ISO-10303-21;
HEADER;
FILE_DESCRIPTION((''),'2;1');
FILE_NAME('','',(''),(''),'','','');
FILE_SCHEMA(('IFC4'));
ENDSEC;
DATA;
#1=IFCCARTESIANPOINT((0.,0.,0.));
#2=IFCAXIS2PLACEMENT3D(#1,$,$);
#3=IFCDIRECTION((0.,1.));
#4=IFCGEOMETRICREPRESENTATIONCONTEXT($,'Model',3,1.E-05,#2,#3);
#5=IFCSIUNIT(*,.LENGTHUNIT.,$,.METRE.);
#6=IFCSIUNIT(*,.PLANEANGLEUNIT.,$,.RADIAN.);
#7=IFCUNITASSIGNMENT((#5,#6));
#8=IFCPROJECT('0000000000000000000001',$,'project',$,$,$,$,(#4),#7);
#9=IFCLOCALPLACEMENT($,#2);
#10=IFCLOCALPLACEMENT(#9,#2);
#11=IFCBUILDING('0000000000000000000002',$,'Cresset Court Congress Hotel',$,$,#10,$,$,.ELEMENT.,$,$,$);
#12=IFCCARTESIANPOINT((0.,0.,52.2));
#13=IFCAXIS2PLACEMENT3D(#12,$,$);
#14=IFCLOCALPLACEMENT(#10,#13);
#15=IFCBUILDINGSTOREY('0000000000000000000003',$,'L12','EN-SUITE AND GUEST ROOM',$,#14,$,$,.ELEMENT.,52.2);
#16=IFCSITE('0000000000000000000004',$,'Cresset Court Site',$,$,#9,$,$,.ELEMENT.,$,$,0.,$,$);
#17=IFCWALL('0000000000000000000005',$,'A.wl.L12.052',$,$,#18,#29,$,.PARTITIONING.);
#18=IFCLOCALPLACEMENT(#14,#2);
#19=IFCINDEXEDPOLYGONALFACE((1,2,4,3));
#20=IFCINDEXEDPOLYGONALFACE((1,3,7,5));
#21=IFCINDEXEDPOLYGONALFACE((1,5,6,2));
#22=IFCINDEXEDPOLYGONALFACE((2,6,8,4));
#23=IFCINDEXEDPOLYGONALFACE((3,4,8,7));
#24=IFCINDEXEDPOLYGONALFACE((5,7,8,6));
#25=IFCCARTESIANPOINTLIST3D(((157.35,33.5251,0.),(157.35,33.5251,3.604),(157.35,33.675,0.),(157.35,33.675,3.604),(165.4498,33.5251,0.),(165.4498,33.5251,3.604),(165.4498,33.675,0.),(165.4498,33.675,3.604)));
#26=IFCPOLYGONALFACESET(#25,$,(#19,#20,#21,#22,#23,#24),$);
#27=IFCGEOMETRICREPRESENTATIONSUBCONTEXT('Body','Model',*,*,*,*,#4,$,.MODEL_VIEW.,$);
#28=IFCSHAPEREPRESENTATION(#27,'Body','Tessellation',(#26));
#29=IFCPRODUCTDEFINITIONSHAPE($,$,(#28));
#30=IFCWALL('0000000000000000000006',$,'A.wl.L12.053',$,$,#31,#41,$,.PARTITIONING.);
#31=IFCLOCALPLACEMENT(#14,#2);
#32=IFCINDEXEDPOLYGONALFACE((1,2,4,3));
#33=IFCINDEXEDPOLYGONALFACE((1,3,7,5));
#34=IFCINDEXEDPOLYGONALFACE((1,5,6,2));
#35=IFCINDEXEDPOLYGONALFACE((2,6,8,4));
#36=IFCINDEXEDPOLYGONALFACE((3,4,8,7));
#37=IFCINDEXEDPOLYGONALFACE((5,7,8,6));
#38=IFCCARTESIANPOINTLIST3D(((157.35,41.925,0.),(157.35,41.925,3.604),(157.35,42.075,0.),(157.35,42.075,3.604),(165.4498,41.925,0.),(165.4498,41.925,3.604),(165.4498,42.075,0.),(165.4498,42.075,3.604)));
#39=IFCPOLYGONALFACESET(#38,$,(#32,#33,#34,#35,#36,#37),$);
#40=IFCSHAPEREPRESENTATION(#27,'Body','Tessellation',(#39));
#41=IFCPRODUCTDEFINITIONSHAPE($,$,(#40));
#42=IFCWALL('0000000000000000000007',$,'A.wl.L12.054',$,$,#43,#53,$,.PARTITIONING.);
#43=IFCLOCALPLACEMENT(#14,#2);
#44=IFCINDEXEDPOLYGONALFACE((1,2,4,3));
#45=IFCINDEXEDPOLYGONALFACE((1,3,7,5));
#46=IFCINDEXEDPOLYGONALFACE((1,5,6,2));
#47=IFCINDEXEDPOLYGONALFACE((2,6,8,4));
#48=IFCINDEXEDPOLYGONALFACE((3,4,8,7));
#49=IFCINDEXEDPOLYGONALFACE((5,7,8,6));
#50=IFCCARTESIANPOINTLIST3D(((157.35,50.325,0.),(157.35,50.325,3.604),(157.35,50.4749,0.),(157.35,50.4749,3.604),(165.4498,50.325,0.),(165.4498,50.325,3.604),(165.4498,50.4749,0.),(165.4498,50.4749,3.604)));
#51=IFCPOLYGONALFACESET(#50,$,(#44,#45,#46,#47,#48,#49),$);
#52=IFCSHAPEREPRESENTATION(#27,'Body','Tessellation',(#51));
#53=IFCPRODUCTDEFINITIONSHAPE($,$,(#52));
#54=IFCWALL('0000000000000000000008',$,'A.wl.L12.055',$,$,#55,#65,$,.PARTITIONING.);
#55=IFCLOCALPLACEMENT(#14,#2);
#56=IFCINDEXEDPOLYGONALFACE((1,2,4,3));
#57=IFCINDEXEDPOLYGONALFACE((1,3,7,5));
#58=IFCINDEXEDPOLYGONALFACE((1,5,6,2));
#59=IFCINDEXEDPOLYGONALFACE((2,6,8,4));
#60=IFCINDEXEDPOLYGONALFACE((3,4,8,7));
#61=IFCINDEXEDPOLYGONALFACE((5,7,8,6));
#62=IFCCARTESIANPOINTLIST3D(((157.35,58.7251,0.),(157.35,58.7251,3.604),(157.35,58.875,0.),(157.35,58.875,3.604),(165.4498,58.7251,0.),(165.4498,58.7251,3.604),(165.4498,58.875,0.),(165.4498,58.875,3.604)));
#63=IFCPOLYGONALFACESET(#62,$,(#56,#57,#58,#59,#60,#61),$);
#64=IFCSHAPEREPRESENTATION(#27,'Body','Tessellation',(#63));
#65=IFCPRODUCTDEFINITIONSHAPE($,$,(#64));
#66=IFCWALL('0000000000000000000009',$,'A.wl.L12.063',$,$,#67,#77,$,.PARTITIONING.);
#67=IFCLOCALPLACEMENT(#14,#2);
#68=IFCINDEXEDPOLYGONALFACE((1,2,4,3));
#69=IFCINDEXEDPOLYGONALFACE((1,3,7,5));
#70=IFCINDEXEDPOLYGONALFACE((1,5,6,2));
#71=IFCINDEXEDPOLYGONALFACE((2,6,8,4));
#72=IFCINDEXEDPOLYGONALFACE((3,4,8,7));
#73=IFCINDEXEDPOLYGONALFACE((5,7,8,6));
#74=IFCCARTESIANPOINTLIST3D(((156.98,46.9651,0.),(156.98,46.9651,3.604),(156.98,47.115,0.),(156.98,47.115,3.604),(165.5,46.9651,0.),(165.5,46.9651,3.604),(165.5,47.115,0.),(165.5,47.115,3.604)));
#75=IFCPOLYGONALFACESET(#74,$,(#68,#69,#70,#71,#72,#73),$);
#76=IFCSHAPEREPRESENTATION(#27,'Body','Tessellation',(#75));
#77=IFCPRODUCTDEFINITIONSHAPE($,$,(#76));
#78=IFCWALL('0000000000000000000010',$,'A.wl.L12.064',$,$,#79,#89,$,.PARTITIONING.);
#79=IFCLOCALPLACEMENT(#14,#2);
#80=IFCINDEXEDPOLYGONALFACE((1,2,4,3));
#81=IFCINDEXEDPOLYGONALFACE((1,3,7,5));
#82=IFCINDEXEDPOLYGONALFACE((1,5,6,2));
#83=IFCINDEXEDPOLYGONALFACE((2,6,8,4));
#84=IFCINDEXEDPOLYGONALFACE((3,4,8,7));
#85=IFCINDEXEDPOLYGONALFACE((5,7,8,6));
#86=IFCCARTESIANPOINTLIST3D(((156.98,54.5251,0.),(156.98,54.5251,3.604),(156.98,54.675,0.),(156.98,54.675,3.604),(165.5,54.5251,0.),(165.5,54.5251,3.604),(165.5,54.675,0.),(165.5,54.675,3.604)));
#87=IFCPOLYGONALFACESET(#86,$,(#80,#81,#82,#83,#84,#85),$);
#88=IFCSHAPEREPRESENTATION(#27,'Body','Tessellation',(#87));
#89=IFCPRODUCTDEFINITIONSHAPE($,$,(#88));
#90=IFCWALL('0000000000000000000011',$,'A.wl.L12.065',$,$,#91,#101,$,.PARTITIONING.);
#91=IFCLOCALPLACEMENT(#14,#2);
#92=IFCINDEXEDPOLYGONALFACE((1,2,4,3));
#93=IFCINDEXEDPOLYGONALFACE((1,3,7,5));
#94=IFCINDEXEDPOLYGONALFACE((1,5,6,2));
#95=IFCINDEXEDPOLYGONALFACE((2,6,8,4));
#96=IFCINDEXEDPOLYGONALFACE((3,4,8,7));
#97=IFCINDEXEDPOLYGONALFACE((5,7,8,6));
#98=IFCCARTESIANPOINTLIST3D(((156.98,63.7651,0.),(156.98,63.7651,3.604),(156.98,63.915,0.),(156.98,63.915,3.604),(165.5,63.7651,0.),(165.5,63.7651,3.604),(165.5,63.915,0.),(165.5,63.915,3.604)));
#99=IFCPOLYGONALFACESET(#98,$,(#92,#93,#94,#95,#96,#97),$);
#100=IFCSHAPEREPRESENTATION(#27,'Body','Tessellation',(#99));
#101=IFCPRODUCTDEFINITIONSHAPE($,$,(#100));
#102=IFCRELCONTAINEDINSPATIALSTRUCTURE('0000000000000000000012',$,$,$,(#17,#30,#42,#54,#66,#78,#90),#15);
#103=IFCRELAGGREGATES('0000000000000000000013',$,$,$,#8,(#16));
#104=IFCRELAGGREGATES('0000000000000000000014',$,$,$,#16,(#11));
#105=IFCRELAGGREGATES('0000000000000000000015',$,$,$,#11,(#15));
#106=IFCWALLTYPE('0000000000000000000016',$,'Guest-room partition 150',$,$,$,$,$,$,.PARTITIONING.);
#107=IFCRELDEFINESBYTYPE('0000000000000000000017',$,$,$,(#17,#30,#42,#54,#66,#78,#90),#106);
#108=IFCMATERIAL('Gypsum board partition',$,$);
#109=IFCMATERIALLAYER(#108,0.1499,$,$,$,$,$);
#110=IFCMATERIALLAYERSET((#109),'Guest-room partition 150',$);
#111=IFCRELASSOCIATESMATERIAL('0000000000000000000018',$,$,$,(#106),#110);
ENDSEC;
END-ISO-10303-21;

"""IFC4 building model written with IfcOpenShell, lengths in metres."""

from ifc_helpers import new_model, si_unit, direction, frame, frame_2d, origin, place, context, subcontext, project, spatial, rectangle, extrude, material, layer, layer_set, type_object, element, save


model = new_model("IFC4")

# Units and contexts
model_context = context("Model", 3, precision=1e-05, world=origin(), true_north=direction((0.0, 1.0)))
body_context = subcontext(model_context, "Body", "Model", "MODEL_VIEW")
ifc_project = project(units=[si_unit("LENGTHUNIT", "METRE"), si_unit("PLANEANGLEUNIT", "RADIAN")], contexts=[model_context])

# Site, building, storey
site_placement = place(None, origin())
site = spatial("IfcSite", under=ifc_project, at=site_placement, Name="Cresset Court Site", CompositionType="ELEMENT", RefElevation=0.0)
building_placement = place(site_placement, origin())
building = spatial("IfcBuilding", under=site, at=building_placement, Name="Cresset Court Congress Hotel", CompositionType="ELEMENT")
storey_placement = place(building_placement, frame((0.0, 0.0, 52.2)))
storey = spatial("IfcBuildingStorey", under=building, at=storey_placement, Name="L12", Description="EN-SUITE AND GUEST ROOM", CompositionType="ELEMENT", Elevation=52.2)

# Walls
ifc_material_1 = material(Name="Gypsum board partition")
ifc_layer_1 = layer(ifc_material_1, 0.1499)
ifc_layer_set_1 = layer_set([ifc_layer_1], Name="Guest-room partition 150")
wall_type_1 = type_object("IfcWallType", Name="Guest-room partition 150", PredefinedType="PARTITIONING", material=ifc_layer_set_1)
for number, where, z_axis, x_axis, name in (
    (1, (157.3501, 33.6001, 0.0), (0.0, 0.0, 1.0), (1.0, 0.0, 0.0), "A.wl.L12.052"),
    (2, (157.3501, 42.0, 0.0), (0.0, 0.0, 1.0), (1.0, 0.0, 0.0), "A.wl.L12.053"),
    (3, (157.3501, 50.3999, 0.0), (0.0, 0.0, 1.0), (1.0, 0.0, 0.0), "A.wl.L12.054"),
    (4, (157.3501, 58.8, 0.0), (0.0, 0.0, 1.0), (1.0, 0.0, 0.0), "A.wl.L12.055"),
):
    element("IfcWall", number, at=place(storey_placement, frame(where, z_axis=z_axis, x_axis=x_axis)), inside=storey, type_object=wall_type_1, Name=name, PredefinedType="PARTITIONING", context=body_context, shape_type="SweptSolid", body=[
        extrude(rectangle(XDim=8.0999, YDim=0.1499, at=frame_2d((4.0498, 0.0))), origin(), (0.0, 0.0, 1.0), 3.604),
    ])
for number, where, z_axis, x_axis, name in (
    (5, (156.98, 47.04, 0.0), (0.0, 0.0, 1.0), (1.0, 0.0, 0.0), "A.wl.L12.063"),
    (6, (156.98, 54.6001, 0.0), (0.0, 0.0, 1.0), (1.0, 0.0, 0.0), "A.wl.L12.064"),
    (7, (156.98, 63.8401, 0.0), (0.0, 0.0, 1.0), (1.0, 0.0, 0.0), "A.wl.L12.065"),
):
    element("IfcWall", number, at=place(storey_placement, frame(where, z_axis=z_axis, x_axis=x_axis)), inside=storey, type_object=wall_type_1, Name=name, PredefinedType="PARTITIONING", context=body_context, shape_type="SweptSolid", body=[
        extrude(rectangle(XDim=8.52, YDim=0.1499, at=frame_2d((4.26, 0.0))), origin(), (0.0, 0.0, 1.0), 3.604),
    ])

save(model, "model.ifc")
